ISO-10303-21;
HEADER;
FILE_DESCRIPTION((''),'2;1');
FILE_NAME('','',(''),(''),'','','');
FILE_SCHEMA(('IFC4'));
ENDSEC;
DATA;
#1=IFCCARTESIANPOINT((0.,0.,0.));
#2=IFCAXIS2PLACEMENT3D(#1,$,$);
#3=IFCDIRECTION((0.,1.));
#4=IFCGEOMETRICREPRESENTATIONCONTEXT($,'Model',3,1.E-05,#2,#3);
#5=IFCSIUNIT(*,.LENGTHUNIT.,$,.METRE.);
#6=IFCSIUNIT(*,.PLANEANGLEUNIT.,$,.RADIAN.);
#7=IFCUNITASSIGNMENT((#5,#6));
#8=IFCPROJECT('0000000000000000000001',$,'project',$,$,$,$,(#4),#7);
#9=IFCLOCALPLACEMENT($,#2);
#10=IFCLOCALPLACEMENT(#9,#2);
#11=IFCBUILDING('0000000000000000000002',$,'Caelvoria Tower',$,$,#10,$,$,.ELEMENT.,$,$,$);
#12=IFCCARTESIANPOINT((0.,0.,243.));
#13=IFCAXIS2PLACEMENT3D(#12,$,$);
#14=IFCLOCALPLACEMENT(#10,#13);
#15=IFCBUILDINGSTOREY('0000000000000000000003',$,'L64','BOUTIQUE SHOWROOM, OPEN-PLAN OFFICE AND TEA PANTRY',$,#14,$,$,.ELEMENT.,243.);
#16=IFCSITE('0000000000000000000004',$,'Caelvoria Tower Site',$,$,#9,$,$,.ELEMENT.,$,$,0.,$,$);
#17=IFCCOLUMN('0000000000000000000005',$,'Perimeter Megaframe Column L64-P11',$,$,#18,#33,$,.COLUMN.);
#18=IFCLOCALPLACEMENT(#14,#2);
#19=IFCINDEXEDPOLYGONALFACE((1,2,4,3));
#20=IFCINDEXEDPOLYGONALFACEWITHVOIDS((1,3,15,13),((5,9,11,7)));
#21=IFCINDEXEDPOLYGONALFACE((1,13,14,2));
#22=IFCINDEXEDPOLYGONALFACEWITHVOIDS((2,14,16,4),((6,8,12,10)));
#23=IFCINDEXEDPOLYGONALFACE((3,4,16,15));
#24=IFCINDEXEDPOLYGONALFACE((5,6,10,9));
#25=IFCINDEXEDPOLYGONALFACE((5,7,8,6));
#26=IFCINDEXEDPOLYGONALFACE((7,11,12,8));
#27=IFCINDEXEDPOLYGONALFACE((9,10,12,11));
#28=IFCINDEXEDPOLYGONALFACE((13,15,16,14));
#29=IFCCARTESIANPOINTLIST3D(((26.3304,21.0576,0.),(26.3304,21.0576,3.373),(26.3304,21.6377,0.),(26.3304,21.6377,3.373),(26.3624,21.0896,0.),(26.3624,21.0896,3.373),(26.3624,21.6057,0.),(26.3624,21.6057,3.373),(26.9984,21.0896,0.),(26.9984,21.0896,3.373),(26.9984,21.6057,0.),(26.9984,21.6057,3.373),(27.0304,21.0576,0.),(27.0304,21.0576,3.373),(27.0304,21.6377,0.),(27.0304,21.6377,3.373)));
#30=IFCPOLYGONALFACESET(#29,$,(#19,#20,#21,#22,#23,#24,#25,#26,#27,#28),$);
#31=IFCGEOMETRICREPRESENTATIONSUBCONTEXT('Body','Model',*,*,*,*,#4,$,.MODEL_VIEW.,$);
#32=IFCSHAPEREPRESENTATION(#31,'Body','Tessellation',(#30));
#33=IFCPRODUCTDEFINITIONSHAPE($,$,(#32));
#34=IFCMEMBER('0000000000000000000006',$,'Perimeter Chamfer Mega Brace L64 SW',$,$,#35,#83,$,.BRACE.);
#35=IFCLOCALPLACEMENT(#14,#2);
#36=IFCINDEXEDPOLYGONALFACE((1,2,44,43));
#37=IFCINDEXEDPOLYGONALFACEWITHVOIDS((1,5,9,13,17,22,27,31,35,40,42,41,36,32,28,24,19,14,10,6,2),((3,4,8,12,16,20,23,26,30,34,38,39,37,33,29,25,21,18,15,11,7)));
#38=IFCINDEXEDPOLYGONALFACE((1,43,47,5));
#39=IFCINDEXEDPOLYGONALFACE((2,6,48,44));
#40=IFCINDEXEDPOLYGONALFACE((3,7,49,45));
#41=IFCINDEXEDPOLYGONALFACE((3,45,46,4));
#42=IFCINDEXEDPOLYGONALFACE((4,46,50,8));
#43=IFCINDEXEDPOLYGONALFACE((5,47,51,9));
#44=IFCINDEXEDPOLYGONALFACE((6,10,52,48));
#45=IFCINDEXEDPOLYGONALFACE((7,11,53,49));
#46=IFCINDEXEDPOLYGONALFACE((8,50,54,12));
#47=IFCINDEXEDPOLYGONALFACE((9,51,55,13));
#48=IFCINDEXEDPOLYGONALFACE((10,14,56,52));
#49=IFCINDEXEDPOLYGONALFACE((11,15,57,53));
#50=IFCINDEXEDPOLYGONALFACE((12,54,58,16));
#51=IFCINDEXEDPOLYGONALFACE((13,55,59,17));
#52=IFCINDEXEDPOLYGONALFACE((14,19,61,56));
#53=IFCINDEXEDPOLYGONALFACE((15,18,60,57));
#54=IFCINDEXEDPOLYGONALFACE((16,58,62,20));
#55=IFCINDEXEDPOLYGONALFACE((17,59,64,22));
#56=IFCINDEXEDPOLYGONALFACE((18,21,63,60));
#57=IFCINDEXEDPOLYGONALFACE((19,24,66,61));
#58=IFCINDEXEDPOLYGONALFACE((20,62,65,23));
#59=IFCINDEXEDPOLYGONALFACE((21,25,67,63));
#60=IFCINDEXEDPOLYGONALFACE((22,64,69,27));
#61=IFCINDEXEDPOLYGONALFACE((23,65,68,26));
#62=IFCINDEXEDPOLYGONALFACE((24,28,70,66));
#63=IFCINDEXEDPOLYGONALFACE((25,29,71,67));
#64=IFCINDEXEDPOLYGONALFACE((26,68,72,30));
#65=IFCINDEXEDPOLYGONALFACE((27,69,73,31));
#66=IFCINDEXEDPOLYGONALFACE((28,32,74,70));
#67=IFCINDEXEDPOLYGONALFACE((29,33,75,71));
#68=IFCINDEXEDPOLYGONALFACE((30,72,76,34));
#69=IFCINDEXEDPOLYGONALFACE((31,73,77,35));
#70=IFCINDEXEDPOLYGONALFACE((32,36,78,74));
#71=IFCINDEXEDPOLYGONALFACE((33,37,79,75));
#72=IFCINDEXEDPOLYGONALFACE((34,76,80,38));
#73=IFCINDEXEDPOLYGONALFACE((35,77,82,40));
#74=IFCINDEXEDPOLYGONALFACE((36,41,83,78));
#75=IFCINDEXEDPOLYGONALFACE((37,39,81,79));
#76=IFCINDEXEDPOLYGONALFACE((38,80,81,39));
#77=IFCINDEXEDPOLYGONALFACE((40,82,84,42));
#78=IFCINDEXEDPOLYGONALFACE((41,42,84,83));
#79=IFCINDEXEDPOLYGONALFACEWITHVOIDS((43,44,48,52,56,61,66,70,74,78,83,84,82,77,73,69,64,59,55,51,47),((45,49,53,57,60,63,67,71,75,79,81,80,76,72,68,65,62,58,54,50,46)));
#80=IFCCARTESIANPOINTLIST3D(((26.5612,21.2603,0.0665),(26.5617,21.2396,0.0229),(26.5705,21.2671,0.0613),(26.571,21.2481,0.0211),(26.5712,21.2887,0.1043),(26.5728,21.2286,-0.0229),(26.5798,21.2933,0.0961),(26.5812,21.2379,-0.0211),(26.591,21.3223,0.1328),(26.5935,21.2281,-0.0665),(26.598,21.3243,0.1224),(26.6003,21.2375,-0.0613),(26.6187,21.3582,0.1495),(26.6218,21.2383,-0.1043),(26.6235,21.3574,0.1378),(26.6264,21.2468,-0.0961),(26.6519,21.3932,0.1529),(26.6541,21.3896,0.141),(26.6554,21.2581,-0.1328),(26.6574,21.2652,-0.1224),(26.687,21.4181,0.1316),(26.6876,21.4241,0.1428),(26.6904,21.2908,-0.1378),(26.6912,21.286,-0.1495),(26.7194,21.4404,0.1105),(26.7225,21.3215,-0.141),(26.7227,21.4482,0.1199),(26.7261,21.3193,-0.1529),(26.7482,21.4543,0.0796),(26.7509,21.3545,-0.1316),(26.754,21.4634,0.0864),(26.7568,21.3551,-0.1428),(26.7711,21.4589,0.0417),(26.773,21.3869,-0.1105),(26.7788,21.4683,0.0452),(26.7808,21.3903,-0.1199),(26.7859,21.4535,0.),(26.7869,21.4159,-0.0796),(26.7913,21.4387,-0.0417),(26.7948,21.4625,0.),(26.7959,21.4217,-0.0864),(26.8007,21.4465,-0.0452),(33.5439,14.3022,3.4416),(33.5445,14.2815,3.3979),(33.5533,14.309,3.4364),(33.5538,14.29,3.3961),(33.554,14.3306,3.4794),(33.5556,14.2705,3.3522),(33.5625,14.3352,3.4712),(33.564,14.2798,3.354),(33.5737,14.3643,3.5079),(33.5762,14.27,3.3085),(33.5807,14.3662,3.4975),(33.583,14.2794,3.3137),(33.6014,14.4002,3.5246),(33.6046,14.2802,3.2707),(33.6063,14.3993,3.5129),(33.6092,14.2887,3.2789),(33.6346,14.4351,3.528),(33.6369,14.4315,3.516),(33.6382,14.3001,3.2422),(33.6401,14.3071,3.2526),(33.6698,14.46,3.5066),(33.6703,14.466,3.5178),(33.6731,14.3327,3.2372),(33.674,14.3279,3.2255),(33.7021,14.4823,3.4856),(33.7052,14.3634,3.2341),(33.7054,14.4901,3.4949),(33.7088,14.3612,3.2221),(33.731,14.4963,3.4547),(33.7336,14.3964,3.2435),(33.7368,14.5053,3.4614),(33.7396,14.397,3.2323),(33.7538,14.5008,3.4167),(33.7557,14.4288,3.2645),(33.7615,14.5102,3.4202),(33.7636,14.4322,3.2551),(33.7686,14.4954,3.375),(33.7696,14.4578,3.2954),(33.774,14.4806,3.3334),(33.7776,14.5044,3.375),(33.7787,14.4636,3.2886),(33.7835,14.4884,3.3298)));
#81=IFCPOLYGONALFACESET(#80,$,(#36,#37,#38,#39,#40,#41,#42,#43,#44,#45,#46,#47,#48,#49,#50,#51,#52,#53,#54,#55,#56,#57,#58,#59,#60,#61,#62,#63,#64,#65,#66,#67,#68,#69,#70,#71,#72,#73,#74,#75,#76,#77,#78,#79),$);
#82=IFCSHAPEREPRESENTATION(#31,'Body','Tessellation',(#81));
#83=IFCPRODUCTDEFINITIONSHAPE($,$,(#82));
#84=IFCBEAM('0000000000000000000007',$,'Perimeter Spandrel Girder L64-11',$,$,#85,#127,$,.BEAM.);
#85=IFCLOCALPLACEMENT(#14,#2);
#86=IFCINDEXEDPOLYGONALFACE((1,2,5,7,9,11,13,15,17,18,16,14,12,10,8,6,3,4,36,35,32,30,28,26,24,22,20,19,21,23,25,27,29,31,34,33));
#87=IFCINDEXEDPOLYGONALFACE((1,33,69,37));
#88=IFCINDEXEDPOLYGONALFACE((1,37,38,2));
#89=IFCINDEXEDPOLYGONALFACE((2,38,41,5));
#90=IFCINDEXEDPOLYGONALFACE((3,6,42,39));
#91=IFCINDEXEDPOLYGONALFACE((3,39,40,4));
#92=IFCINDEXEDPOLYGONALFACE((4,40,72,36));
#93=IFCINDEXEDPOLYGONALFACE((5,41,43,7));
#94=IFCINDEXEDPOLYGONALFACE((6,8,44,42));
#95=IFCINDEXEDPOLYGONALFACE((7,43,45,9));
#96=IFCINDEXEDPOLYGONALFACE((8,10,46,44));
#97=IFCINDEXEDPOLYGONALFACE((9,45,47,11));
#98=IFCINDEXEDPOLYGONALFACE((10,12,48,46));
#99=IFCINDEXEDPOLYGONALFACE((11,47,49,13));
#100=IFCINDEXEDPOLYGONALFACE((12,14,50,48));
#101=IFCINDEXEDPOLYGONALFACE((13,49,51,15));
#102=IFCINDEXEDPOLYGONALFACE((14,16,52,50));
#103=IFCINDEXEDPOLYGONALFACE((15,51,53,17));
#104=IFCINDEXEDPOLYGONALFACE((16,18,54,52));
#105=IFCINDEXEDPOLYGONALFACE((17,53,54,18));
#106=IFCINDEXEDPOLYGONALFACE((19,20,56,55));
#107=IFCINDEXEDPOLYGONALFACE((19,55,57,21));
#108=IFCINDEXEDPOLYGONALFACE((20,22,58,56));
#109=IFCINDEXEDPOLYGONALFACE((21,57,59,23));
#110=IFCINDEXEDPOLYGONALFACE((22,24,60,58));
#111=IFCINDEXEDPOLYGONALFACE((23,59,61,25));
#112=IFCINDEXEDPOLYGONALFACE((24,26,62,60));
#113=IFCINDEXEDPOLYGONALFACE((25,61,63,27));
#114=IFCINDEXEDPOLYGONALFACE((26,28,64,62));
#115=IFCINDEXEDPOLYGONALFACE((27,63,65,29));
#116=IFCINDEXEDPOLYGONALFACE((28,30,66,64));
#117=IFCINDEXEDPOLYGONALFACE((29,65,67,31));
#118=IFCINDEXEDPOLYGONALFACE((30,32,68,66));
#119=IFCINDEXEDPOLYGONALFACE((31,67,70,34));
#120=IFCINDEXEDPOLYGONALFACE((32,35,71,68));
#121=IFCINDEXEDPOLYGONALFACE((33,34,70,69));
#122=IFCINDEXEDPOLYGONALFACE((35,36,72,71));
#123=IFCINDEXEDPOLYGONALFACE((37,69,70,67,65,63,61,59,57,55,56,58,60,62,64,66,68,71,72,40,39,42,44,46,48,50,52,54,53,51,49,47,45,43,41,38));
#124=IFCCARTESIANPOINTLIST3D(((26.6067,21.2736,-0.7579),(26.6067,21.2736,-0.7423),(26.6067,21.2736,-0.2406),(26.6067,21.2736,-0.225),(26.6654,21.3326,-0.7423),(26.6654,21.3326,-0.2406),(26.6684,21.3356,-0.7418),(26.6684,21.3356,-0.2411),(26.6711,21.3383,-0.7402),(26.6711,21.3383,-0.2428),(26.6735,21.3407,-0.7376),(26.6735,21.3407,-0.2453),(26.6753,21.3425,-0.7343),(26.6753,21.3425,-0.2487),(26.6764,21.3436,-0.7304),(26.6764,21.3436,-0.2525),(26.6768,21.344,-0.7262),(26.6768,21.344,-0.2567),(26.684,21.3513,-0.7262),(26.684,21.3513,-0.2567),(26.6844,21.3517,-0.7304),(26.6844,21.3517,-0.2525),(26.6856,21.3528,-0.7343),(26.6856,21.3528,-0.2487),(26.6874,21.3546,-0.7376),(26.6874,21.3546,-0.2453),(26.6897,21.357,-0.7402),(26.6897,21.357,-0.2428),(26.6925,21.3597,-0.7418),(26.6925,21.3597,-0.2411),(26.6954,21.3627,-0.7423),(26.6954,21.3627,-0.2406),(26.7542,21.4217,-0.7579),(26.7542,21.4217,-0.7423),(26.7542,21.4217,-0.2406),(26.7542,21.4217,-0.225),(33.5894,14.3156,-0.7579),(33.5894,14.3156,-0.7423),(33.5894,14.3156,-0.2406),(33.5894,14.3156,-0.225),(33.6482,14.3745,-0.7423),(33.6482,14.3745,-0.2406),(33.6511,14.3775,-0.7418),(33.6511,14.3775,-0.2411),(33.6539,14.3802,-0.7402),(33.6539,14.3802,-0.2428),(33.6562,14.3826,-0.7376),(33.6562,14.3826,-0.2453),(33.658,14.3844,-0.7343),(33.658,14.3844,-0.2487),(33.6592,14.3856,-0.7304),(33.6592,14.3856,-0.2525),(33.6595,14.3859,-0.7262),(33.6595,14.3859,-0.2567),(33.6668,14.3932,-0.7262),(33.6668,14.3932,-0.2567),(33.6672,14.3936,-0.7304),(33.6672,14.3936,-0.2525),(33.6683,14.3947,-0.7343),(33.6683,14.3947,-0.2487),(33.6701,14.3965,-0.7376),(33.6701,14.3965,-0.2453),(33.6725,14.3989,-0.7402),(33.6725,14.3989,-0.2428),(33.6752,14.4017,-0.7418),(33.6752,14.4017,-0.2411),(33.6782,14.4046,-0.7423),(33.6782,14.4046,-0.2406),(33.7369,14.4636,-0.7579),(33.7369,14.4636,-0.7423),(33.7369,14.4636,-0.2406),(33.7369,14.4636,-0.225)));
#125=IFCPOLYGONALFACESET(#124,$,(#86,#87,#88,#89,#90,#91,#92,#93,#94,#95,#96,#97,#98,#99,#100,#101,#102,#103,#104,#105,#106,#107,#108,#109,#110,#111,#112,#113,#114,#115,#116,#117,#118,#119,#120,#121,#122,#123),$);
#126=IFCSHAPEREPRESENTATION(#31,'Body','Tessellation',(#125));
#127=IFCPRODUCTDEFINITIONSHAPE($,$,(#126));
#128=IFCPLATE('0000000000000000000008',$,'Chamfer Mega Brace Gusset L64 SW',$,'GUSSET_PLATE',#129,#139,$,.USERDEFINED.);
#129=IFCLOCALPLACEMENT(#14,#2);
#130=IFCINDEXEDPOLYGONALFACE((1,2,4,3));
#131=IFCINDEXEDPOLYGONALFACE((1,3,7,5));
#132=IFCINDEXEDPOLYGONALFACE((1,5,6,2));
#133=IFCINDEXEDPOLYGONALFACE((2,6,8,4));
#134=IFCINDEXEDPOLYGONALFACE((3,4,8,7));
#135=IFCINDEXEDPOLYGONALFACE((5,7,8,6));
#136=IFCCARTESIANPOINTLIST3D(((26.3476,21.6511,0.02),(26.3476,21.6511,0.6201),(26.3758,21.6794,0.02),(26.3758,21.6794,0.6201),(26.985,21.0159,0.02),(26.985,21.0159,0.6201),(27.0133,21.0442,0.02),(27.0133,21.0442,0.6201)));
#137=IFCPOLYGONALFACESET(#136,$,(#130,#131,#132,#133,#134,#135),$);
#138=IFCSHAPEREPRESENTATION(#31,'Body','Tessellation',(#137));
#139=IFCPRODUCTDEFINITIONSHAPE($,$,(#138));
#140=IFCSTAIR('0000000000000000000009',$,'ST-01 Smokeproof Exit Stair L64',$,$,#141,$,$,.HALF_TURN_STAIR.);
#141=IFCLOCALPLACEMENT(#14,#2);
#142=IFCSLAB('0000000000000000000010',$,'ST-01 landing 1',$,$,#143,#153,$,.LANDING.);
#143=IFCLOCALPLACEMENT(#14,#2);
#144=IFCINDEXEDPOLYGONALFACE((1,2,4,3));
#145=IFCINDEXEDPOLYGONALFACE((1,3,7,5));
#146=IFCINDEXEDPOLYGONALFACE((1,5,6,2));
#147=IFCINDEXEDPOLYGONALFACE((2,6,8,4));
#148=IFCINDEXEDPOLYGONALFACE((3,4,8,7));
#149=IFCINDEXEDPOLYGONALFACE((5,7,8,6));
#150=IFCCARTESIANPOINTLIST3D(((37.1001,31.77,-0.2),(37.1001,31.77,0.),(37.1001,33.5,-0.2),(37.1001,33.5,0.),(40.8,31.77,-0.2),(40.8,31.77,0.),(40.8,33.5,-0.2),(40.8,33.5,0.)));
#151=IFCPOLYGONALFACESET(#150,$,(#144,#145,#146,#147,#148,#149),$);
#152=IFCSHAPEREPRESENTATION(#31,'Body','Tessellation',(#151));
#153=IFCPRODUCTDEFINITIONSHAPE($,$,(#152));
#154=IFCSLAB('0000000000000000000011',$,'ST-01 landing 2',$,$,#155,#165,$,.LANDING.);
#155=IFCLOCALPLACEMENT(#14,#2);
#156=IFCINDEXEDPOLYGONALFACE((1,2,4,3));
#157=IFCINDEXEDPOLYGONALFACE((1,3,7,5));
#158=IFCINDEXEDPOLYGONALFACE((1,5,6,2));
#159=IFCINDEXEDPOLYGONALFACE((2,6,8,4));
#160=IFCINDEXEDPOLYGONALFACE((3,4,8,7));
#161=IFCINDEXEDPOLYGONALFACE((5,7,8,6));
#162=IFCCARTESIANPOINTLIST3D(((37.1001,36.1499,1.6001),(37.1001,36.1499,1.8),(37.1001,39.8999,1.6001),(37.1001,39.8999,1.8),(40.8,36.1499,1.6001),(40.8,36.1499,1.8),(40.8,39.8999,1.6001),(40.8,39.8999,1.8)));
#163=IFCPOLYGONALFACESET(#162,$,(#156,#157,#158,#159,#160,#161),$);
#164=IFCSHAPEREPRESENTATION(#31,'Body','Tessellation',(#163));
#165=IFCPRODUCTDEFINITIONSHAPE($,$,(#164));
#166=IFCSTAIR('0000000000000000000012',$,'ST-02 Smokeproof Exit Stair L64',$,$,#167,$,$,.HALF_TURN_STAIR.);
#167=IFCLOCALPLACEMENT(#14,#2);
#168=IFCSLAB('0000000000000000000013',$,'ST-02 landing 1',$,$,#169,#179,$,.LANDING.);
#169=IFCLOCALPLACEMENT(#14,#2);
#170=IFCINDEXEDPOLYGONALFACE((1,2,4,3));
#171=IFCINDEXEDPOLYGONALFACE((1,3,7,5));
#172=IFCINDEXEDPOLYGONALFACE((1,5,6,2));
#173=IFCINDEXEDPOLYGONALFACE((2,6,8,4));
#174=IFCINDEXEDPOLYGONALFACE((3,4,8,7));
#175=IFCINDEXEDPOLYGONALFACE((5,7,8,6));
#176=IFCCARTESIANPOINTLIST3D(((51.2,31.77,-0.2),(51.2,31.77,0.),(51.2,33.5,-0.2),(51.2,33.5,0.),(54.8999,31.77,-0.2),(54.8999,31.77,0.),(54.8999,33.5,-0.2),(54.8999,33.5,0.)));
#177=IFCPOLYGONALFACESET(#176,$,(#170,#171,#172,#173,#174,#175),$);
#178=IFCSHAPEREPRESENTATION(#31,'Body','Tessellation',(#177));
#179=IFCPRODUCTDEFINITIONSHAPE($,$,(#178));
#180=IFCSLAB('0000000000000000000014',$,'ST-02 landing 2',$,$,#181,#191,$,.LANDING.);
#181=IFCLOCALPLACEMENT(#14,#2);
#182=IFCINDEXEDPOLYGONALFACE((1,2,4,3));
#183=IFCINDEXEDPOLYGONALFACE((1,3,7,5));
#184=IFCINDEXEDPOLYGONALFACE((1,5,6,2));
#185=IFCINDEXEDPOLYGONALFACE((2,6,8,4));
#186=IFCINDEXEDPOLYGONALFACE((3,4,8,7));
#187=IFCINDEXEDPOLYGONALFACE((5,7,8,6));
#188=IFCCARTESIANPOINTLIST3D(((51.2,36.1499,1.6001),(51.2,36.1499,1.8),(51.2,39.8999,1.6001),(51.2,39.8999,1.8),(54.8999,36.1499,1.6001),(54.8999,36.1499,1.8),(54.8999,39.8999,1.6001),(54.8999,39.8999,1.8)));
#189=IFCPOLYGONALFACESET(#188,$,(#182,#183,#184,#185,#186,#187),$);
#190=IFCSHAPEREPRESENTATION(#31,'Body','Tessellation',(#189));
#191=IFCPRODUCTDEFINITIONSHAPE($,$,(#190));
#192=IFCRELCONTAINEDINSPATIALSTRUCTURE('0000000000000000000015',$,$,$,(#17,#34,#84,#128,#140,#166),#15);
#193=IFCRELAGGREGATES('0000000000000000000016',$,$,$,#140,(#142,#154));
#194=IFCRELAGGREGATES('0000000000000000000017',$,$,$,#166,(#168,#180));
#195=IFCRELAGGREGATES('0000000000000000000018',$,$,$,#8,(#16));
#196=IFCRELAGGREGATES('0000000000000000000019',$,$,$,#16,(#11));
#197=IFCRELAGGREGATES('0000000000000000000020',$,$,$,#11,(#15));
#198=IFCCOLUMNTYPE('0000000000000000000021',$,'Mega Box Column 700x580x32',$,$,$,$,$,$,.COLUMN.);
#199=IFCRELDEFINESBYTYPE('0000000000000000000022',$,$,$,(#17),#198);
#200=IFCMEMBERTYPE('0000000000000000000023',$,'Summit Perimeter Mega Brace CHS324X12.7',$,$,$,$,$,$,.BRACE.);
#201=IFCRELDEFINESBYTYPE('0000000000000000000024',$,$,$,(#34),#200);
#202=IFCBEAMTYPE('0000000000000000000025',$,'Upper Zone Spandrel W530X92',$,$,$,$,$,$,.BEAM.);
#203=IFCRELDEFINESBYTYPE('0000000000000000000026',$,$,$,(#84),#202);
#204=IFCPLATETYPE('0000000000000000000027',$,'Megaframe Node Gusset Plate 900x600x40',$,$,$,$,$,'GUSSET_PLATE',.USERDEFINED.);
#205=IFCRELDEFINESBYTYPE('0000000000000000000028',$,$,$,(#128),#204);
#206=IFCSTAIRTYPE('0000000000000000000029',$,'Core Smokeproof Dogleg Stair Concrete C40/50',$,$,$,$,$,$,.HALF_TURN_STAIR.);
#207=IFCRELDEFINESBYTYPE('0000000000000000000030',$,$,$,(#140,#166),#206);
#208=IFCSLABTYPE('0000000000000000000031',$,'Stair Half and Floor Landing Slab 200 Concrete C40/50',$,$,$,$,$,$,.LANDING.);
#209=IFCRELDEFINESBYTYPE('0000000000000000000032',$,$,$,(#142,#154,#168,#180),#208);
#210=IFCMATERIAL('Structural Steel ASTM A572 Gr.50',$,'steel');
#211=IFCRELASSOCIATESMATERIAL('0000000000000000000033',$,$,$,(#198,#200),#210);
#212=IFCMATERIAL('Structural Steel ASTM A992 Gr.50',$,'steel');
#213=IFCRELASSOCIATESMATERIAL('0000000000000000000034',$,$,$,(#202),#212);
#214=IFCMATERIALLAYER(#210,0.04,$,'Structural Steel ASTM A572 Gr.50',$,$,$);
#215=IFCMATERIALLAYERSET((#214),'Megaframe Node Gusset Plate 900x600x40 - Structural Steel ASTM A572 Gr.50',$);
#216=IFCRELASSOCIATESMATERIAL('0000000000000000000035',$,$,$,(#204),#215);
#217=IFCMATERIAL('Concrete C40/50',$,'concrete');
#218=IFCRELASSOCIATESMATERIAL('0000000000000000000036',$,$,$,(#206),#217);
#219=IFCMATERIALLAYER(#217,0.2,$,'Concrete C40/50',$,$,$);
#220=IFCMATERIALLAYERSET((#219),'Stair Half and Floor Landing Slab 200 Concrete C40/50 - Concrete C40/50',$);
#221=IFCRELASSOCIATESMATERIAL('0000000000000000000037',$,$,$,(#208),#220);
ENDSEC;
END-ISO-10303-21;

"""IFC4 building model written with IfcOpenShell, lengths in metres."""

from ifc_helpers import new_model, si_unit, direction, frame, origin, origin_2d, place, context, subcontext, project, spatial, polyline, rectangle, hollow_rectangle, hollow_circle, i_section, outline, extrude, material, layer, layer_set, material_profile, profile_set, type_object, element, aggregate, save


model = new_model("IFC4")

# Units and contexts
model_context = context("Model", 3, precision=1e-05, world=origin(), true_north=direction((0.0, 1.0)))
body_context = subcontext(model_context, "Body", "Model", "MODEL_VIEW")
ifc_project = project(units=[si_unit("LENGTHUNIT", "METRE"), si_unit("PLANEANGLEUNIT", "RADIAN")], contexts=[model_context])

# Site, building, storey
site_placement = place(None, origin())
site = spatial("IfcSite", under=ifc_project, at=site_placement, Name="Caelvoria Tower Site", CompositionType="ELEMENT", RefElevation=0.0)
building_placement = place(site_placement, origin())
building = spatial("IfcBuilding", under=site, at=building_placement, Name="Caelvoria Tower", CompositionType="ELEMENT")
storey_placement = place(building_placement, frame((0.0, 0.0, 243.0)))
storey = spatial("IfcBuildingStorey", under=building, at=storey_placement, Name="L64", Description="BOUTIQUE SHOWROOM, OPEN-PLAN OFFICE AND TEA PANTRY", CompositionType="ELEMENT", Elevation=243.0)

# Column
ifc_material_1 = material(Name="Structural Steel ASTM A572 Gr.50", Category="steel")
ifc_material_profile_1 = material_profile(ifc_material_1, hollow_rectangle(XDim=0.5801, YDim=0.7, WallThickness=0.032, at=origin_2d()), Name="Structural Steel ASTM A572 Gr.50")
ifc_profile_set_1 = profile_set([ifc_material_profile_1], Name="BOX700X580X32 - Structural Steel ASTM A572 Gr.50")
column_type = type_object("IfcColumnType", Name="Mega Box Column 700x580x32", PredefinedType="COLUMN", material=ifc_profile_set_1)
column_placement = place(storey_placement, frame((26.6804, 21.3477, 0.0), z_axis=(0.0, 0.0, 1.0), x_axis=(0.0, 1.0, 0.0)))
element("IfcColumn", 1, at=column_placement, inside=storey, type_object=column_type, Name="Perimeter Megaframe Column L64-P11", PredefinedType="COLUMN", context=body_context, shape_type="SweptSolid", body=[
    extrude(hollow_rectangle(XDim=0.5801, YDim=0.7, WallThickness=0.032, at=origin_2d()), origin(), (0.0, 0.0, 1.0), 3.373),
])

# Member
ifc_material_profile_2 = material_profile(ifc_material_1, hollow_circle(Radius=0.1621, WallThickness=0.0127, at=origin_2d()), Name="Structural Steel ASTM A572 Gr.50")
ifc_profile_set_2 = profile_set([ifc_material_profile_2], Name="CHS324X12.7 - Structural Steel ASTM A572 Gr.50")
member_type = type_object("IfcMemberType", Name="Summit Perimeter Mega Brace CHS324X12.7", PredefinedType="BRACE", material=ifc_profile_set_2)
member_placement = place(storey_placement, frame((26.6804, 21.3477, 0.0), z_axis=(0.670166, -0.667799, 0.323918), x_axis=(0.705855, 0.708356, 0.0)))
element("IfcMember", 2, at=member_placement, inside=storey, type_object=member_type, Name="Perimeter Chamfer Mega Brace L64 SW", PredefinedType="BRACE", context=body_context, shape_type="SweptSolid", body=[
    extrude(hollow_circle(Radius=0.1621, WallThickness=0.0127, at=origin_2d()), origin(), (0.0, 0.0, 1.0), 10.4194),
])

# Beam
ifc_material_2 = material(Name="Structural Steel ASTM A992 Gr.50", Category="steel")
ifc_material_profile_3 = material_profile(ifc_material_2, i_section(OverallWidth=0.209, OverallDepth=0.533, WebThickness=0.0103, FlangeThickness=0.0156, FilletRadius=0.0161, at=origin_2d()), Name="Structural Steel ASTM A992 Gr.50")
ifc_profile_set_3 = profile_set([ifc_material_profile_3], Name="W530X92 - Structural Steel ASTM A992 Gr.50")
beam_type = type_object("IfcBeamType", Name="Upper Zone Spandrel W530X92", PredefinedType="BEAM", material=ifc_profile_set_3)
beam_placement = place(storey_placement, frame((26.6804, 21.3477, -0.4915), z_axis=(0.708356, -0.705855, 0.0), x_axis=(0.705855, 0.708356, 0.0)))
element("IfcBeam", 3, at=beam_placement, inside=storey, type_object=beam_type, Name="Perimeter Spandrel Girder L64-11", PredefinedType="BEAM", context=body_context, shape_type="SweptSolid", body=[
    extrude(i_section(OverallWidth=0.209, OverallDepth=0.533, WebThickness=0.0103, FlangeThickness=0.0156, FilletRadius=0.0161, at=origin_2d()), origin(), (0.0, 0.0, 1.0), 9.8577),
])

# Plate
ifc_layer_1 = layer(ifc_material_1, 0.04, Name="Structural Steel ASTM A572 Gr.50")
ifc_layer_set_1 = layer_set([ifc_layer_1], Name="Megaframe Node Gusset Plate 900x600x40 - Structural Steel ASTM A572 Gr.50")
plate_type = type_object("IfcPlateType", Name="Megaframe Node Gusset Plate 900x600x40", ElementType="GUSSET_PLATE", PredefinedType="USERDEFINED", material=ifc_layer_set_1)
plate_placement = place(storey_placement, frame((26.6804, 21.3477, 0.02), z_axis=(0.0, 0.0, 1.0), x_axis=(0.708358, -0.705853, 0.0)))
element("IfcPlate", 4, at=plate_placement, inside=storey, type_object=plate_type, Name="Chamfer Mega Brace Gusset L64 SW", ObjectType="GUSSET_PLATE", PredefinedType="USERDEFINED", context=body_context, shape_type="SweptSolid", body=[
    extrude(rectangle(XDim=0.8999, YDim=0.04, at=origin_2d()), origin(), (0.0, 0.0, 1.0), 0.6001),
])

# Stairs, slabs
ifc_material_3 = material(Name="Concrete C40/50", Category="concrete")
stair_type = type_object("IfcStairType", Name="Core Smokeproof Dogleg Stair Concrete C40/50", PredefinedType="HALF_TURN_STAIR", material=ifc_material_3)
stair_1_placement = place(storey_placement, origin())
stair_1 = element("IfcStair", 5, at=stair_1_placement, inside=storey, type_object=stair_type, Name="ST-01 Smokeproof Exit Stair L64", PredefinedType="HALF_TURN_STAIR")
ifc_layer_2 = layer(ifc_material_3, 0.2, Name="Concrete C40/50")
ifc_layer_set_2 = layer_set([ifc_layer_2], Name="Stair Half and Floor Landing Slab 200 Concrete C40/50 - Concrete C40/50")
slab_type_1 = type_object("IfcSlabType", Name="Stair Half and Floor Landing Slab 200 Concrete C40/50", PredefinedType="LANDING", material=ifc_layer_set_2)
slab_1_placement = place(storey_placement, frame((0.0, 0.0, -0.2)))
slab_1 = element("IfcSlab", 6, at=slab_1_placement, type_object=slab_type_1, Name="ST-01 landing 1", PredefinedType="LANDING", context=body_context, shape_type="SweptSolid", body=[
    extrude(outline(polyline([(37.1001, 31.77), (40.8, 31.77), (40.8, 33.5), (37.1001, 33.5), (37.1001, 31.77)])), origin(), (0.0, 0.0, 1.0), 0.2),
])
slab_2_placement = place(storey_placement, frame((0.0, 0.0, 1.6001)))
slab_2 = element("IfcSlab", 7, at=slab_2_placement, type_object=slab_type_1, Name="ST-01 landing 2", PredefinedType="LANDING", context=body_context, shape_type="SweptSolid", body=[
    extrude(outline(polyline([(37.1001, 36.1499), (40.8, 36.1499), (40.8, 39.8999), (37.1001, 39.8999), (37.1001, 36.1499)])), origin(), (0.0, 0.0, 1.0), 0.2),
])
aggregate(stair_1, [slab_1, slab_2])
stair_2_placement = place(storey_placement, origin())
stair_2 = element("IfcStair", 8, at=stair_2_placement, inside=storey, type_object=stair_type, Name="ST-02 Smokeproof Exit Stair L64", PredefinedType="HALF_TURN_STAIR")
slab_3_placement = place(storey_placement, frame((0.0, 0.0, -0.2)))
slab_3 = element("IfcSlab", 9, at=slab_3_placement, type_object=slab_type_1, Name="ST-02 landing 1", PredefinedType="LANDING", context=body_context, shape_type="SweptSolid", body=[
    extrude(outline(polyline([(51.2, 31.77), (54.8999, 31.77), (54.8999, 33.5), (51.2, 33.5), (51.2, 31.77)])), origin(), (0.0, 0.0, 1.0), 0.2),
])
slab_4_placement = place(storey_placement, frame((0.0, 0.0, 1.6001)))
slab_4 = element("IfcSlab", 10, at=slab_4_placement, type_object=slab_type_1, Name="ST-02 landing 2", PredefinedType="LANDING", context=body_context, shape_type="SweptSolid", body=[
    extrude(outline(polyline([(51.2, 36.1499), (54.8999, 36.1499), (54.8999, 39.8999), (51.2, 39.8999), (51.2, 36.1499)])), origin(), (0.0, 0.0, 1.0), 0.2),
])
aggregate(stair_2, [slab_3, slab_4])

save(model, "model.ifc")
